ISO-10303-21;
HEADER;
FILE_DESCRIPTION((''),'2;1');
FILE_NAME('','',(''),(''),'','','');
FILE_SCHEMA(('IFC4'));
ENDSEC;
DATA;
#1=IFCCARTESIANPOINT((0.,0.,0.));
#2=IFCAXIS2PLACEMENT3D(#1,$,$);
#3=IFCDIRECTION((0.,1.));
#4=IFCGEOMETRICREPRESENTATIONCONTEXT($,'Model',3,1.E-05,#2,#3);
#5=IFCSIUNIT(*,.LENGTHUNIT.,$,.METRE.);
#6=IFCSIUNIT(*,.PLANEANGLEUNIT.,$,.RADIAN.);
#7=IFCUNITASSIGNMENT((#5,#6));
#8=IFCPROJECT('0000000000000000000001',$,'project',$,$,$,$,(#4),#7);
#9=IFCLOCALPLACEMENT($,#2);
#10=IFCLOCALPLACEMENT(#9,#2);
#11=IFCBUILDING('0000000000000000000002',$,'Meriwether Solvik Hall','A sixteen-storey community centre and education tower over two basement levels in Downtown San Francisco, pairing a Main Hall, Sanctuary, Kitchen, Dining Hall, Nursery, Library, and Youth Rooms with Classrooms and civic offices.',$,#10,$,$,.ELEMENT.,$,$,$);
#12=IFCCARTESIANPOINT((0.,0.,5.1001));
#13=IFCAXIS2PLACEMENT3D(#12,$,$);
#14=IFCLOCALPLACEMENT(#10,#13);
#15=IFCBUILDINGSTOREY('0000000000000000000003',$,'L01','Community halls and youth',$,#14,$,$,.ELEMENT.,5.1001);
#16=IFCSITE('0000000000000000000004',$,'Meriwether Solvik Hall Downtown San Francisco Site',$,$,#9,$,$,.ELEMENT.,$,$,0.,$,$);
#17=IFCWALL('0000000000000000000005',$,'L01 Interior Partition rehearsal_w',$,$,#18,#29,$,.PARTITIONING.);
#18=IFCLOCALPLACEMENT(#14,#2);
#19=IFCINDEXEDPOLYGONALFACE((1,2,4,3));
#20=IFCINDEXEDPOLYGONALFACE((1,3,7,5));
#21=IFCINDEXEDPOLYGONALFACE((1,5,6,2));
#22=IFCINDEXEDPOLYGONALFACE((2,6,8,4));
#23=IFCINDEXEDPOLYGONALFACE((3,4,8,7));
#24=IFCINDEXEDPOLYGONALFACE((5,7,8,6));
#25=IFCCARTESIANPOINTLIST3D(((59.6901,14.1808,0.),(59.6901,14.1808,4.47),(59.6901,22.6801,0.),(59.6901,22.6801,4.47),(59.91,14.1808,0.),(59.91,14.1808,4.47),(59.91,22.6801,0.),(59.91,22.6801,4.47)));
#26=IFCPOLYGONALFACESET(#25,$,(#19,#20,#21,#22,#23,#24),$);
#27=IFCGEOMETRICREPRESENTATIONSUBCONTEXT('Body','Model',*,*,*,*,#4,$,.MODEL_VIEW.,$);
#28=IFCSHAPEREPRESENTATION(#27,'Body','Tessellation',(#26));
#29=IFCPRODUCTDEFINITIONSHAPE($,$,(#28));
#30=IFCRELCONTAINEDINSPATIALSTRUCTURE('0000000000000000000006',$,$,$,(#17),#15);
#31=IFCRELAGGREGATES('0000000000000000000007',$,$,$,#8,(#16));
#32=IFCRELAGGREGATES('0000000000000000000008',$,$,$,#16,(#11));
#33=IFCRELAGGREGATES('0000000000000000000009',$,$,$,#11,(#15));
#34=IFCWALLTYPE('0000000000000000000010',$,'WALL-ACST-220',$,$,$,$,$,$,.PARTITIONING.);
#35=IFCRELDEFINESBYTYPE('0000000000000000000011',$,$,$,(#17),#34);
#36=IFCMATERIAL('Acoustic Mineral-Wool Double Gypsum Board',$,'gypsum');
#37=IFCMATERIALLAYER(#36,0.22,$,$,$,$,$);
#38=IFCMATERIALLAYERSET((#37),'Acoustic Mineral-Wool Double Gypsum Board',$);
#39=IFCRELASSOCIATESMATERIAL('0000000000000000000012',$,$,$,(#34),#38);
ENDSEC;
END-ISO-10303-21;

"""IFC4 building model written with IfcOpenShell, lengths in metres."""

from ifc_helpers import new_model, si_unit, direction, frame, frame_2d, origin, place, context, subcontext, project, spatial, rectangle, extrude, material, layer, layer_set, type_object, element, save


model = new_model("IFC4")

# Units and contexts
model_context = context("Model", 3, precision=1e-05, world=origin(), true_north=direction((0.0, 1.0)))
body_context = subcontext(model_context, "Body", "Model", "MODEL_VIEW")
ifc_project = project(units=[si_unit("LENGTHUNIT", "METRE"), si_unit("PLANEANGLEUNIT", "RADIAN")], contexts=[model_context])

# Site, building, storey
site_placement = place(None, origin())
site = spatial("IfcSite", under=ifc_project, at=site_placement, Name="Meriwether Solvik Hall Downtown San Francisco Site", CompositionType="ELEMENT", RefElevation=0.0)
building_placement = place(site_placement, origin())
building = spatial("IfcBuilding", under=site, at=building_placement, Name="Meriwether Solvik Hall", Description="A sixteen-storey community centre and education tower over two basement levels in Downtown San Francisco, pairing a Main Hall, Sanctuary, Kitchen, Dining Hall, Nursery, Library, and Youth Rooms with Classrooms and civic offices.", CompositionType="ELEMENT")
storey_placement = place(building_placement, frame((0.0, 0.0, 5.1001)))
storey = spatial("IfcBuildingStorey", under=building, at=storey_placement, Name="L01", Description="Community halls and youth", CompositionType="ELEMENT", Elevation=5.1001)

# Shared definitions
ifc_material_1 = material(Name="Acoustic Mineral-Wool Double Gypsum Board", Category="gypsum")
ifc_layer_1 = layer(ifc_material_1, 0.22)
ifc_layer_set_1 = layer_set([ifc_layer_1], Name="Acoustic Mineral-Wool Double Gypsum Board")
wall_type = type_object("IfcWallType", Name="WALL-ACST-220", PredefinedType="PARTITIONING", material=ifc_layer_set_1)

# Wall
wall_1_placement = place(storey_placement, frame((59.8, 22.6799, 0.0), z_axis=(0.0, 0.0, 1.0), x_axis=(0.0, -1.0, 0.0)))
element("IfcWall", 1, at=wall_1_placement, inside=storey, type_object=wall_type, Name="L01 Interior Partition rehearsal_w", PredefinedType="PARTITIONING", context=body_context, shape_type="SweptSolid", body=[
    extrude(rectangle(XDim=8.4993, YDim=0.22, at=frame_2d((4.2495, 0.0))), origin(), (0.0, 0.0, 1.0), 4.47),
])

save(model, "model.ifc")
